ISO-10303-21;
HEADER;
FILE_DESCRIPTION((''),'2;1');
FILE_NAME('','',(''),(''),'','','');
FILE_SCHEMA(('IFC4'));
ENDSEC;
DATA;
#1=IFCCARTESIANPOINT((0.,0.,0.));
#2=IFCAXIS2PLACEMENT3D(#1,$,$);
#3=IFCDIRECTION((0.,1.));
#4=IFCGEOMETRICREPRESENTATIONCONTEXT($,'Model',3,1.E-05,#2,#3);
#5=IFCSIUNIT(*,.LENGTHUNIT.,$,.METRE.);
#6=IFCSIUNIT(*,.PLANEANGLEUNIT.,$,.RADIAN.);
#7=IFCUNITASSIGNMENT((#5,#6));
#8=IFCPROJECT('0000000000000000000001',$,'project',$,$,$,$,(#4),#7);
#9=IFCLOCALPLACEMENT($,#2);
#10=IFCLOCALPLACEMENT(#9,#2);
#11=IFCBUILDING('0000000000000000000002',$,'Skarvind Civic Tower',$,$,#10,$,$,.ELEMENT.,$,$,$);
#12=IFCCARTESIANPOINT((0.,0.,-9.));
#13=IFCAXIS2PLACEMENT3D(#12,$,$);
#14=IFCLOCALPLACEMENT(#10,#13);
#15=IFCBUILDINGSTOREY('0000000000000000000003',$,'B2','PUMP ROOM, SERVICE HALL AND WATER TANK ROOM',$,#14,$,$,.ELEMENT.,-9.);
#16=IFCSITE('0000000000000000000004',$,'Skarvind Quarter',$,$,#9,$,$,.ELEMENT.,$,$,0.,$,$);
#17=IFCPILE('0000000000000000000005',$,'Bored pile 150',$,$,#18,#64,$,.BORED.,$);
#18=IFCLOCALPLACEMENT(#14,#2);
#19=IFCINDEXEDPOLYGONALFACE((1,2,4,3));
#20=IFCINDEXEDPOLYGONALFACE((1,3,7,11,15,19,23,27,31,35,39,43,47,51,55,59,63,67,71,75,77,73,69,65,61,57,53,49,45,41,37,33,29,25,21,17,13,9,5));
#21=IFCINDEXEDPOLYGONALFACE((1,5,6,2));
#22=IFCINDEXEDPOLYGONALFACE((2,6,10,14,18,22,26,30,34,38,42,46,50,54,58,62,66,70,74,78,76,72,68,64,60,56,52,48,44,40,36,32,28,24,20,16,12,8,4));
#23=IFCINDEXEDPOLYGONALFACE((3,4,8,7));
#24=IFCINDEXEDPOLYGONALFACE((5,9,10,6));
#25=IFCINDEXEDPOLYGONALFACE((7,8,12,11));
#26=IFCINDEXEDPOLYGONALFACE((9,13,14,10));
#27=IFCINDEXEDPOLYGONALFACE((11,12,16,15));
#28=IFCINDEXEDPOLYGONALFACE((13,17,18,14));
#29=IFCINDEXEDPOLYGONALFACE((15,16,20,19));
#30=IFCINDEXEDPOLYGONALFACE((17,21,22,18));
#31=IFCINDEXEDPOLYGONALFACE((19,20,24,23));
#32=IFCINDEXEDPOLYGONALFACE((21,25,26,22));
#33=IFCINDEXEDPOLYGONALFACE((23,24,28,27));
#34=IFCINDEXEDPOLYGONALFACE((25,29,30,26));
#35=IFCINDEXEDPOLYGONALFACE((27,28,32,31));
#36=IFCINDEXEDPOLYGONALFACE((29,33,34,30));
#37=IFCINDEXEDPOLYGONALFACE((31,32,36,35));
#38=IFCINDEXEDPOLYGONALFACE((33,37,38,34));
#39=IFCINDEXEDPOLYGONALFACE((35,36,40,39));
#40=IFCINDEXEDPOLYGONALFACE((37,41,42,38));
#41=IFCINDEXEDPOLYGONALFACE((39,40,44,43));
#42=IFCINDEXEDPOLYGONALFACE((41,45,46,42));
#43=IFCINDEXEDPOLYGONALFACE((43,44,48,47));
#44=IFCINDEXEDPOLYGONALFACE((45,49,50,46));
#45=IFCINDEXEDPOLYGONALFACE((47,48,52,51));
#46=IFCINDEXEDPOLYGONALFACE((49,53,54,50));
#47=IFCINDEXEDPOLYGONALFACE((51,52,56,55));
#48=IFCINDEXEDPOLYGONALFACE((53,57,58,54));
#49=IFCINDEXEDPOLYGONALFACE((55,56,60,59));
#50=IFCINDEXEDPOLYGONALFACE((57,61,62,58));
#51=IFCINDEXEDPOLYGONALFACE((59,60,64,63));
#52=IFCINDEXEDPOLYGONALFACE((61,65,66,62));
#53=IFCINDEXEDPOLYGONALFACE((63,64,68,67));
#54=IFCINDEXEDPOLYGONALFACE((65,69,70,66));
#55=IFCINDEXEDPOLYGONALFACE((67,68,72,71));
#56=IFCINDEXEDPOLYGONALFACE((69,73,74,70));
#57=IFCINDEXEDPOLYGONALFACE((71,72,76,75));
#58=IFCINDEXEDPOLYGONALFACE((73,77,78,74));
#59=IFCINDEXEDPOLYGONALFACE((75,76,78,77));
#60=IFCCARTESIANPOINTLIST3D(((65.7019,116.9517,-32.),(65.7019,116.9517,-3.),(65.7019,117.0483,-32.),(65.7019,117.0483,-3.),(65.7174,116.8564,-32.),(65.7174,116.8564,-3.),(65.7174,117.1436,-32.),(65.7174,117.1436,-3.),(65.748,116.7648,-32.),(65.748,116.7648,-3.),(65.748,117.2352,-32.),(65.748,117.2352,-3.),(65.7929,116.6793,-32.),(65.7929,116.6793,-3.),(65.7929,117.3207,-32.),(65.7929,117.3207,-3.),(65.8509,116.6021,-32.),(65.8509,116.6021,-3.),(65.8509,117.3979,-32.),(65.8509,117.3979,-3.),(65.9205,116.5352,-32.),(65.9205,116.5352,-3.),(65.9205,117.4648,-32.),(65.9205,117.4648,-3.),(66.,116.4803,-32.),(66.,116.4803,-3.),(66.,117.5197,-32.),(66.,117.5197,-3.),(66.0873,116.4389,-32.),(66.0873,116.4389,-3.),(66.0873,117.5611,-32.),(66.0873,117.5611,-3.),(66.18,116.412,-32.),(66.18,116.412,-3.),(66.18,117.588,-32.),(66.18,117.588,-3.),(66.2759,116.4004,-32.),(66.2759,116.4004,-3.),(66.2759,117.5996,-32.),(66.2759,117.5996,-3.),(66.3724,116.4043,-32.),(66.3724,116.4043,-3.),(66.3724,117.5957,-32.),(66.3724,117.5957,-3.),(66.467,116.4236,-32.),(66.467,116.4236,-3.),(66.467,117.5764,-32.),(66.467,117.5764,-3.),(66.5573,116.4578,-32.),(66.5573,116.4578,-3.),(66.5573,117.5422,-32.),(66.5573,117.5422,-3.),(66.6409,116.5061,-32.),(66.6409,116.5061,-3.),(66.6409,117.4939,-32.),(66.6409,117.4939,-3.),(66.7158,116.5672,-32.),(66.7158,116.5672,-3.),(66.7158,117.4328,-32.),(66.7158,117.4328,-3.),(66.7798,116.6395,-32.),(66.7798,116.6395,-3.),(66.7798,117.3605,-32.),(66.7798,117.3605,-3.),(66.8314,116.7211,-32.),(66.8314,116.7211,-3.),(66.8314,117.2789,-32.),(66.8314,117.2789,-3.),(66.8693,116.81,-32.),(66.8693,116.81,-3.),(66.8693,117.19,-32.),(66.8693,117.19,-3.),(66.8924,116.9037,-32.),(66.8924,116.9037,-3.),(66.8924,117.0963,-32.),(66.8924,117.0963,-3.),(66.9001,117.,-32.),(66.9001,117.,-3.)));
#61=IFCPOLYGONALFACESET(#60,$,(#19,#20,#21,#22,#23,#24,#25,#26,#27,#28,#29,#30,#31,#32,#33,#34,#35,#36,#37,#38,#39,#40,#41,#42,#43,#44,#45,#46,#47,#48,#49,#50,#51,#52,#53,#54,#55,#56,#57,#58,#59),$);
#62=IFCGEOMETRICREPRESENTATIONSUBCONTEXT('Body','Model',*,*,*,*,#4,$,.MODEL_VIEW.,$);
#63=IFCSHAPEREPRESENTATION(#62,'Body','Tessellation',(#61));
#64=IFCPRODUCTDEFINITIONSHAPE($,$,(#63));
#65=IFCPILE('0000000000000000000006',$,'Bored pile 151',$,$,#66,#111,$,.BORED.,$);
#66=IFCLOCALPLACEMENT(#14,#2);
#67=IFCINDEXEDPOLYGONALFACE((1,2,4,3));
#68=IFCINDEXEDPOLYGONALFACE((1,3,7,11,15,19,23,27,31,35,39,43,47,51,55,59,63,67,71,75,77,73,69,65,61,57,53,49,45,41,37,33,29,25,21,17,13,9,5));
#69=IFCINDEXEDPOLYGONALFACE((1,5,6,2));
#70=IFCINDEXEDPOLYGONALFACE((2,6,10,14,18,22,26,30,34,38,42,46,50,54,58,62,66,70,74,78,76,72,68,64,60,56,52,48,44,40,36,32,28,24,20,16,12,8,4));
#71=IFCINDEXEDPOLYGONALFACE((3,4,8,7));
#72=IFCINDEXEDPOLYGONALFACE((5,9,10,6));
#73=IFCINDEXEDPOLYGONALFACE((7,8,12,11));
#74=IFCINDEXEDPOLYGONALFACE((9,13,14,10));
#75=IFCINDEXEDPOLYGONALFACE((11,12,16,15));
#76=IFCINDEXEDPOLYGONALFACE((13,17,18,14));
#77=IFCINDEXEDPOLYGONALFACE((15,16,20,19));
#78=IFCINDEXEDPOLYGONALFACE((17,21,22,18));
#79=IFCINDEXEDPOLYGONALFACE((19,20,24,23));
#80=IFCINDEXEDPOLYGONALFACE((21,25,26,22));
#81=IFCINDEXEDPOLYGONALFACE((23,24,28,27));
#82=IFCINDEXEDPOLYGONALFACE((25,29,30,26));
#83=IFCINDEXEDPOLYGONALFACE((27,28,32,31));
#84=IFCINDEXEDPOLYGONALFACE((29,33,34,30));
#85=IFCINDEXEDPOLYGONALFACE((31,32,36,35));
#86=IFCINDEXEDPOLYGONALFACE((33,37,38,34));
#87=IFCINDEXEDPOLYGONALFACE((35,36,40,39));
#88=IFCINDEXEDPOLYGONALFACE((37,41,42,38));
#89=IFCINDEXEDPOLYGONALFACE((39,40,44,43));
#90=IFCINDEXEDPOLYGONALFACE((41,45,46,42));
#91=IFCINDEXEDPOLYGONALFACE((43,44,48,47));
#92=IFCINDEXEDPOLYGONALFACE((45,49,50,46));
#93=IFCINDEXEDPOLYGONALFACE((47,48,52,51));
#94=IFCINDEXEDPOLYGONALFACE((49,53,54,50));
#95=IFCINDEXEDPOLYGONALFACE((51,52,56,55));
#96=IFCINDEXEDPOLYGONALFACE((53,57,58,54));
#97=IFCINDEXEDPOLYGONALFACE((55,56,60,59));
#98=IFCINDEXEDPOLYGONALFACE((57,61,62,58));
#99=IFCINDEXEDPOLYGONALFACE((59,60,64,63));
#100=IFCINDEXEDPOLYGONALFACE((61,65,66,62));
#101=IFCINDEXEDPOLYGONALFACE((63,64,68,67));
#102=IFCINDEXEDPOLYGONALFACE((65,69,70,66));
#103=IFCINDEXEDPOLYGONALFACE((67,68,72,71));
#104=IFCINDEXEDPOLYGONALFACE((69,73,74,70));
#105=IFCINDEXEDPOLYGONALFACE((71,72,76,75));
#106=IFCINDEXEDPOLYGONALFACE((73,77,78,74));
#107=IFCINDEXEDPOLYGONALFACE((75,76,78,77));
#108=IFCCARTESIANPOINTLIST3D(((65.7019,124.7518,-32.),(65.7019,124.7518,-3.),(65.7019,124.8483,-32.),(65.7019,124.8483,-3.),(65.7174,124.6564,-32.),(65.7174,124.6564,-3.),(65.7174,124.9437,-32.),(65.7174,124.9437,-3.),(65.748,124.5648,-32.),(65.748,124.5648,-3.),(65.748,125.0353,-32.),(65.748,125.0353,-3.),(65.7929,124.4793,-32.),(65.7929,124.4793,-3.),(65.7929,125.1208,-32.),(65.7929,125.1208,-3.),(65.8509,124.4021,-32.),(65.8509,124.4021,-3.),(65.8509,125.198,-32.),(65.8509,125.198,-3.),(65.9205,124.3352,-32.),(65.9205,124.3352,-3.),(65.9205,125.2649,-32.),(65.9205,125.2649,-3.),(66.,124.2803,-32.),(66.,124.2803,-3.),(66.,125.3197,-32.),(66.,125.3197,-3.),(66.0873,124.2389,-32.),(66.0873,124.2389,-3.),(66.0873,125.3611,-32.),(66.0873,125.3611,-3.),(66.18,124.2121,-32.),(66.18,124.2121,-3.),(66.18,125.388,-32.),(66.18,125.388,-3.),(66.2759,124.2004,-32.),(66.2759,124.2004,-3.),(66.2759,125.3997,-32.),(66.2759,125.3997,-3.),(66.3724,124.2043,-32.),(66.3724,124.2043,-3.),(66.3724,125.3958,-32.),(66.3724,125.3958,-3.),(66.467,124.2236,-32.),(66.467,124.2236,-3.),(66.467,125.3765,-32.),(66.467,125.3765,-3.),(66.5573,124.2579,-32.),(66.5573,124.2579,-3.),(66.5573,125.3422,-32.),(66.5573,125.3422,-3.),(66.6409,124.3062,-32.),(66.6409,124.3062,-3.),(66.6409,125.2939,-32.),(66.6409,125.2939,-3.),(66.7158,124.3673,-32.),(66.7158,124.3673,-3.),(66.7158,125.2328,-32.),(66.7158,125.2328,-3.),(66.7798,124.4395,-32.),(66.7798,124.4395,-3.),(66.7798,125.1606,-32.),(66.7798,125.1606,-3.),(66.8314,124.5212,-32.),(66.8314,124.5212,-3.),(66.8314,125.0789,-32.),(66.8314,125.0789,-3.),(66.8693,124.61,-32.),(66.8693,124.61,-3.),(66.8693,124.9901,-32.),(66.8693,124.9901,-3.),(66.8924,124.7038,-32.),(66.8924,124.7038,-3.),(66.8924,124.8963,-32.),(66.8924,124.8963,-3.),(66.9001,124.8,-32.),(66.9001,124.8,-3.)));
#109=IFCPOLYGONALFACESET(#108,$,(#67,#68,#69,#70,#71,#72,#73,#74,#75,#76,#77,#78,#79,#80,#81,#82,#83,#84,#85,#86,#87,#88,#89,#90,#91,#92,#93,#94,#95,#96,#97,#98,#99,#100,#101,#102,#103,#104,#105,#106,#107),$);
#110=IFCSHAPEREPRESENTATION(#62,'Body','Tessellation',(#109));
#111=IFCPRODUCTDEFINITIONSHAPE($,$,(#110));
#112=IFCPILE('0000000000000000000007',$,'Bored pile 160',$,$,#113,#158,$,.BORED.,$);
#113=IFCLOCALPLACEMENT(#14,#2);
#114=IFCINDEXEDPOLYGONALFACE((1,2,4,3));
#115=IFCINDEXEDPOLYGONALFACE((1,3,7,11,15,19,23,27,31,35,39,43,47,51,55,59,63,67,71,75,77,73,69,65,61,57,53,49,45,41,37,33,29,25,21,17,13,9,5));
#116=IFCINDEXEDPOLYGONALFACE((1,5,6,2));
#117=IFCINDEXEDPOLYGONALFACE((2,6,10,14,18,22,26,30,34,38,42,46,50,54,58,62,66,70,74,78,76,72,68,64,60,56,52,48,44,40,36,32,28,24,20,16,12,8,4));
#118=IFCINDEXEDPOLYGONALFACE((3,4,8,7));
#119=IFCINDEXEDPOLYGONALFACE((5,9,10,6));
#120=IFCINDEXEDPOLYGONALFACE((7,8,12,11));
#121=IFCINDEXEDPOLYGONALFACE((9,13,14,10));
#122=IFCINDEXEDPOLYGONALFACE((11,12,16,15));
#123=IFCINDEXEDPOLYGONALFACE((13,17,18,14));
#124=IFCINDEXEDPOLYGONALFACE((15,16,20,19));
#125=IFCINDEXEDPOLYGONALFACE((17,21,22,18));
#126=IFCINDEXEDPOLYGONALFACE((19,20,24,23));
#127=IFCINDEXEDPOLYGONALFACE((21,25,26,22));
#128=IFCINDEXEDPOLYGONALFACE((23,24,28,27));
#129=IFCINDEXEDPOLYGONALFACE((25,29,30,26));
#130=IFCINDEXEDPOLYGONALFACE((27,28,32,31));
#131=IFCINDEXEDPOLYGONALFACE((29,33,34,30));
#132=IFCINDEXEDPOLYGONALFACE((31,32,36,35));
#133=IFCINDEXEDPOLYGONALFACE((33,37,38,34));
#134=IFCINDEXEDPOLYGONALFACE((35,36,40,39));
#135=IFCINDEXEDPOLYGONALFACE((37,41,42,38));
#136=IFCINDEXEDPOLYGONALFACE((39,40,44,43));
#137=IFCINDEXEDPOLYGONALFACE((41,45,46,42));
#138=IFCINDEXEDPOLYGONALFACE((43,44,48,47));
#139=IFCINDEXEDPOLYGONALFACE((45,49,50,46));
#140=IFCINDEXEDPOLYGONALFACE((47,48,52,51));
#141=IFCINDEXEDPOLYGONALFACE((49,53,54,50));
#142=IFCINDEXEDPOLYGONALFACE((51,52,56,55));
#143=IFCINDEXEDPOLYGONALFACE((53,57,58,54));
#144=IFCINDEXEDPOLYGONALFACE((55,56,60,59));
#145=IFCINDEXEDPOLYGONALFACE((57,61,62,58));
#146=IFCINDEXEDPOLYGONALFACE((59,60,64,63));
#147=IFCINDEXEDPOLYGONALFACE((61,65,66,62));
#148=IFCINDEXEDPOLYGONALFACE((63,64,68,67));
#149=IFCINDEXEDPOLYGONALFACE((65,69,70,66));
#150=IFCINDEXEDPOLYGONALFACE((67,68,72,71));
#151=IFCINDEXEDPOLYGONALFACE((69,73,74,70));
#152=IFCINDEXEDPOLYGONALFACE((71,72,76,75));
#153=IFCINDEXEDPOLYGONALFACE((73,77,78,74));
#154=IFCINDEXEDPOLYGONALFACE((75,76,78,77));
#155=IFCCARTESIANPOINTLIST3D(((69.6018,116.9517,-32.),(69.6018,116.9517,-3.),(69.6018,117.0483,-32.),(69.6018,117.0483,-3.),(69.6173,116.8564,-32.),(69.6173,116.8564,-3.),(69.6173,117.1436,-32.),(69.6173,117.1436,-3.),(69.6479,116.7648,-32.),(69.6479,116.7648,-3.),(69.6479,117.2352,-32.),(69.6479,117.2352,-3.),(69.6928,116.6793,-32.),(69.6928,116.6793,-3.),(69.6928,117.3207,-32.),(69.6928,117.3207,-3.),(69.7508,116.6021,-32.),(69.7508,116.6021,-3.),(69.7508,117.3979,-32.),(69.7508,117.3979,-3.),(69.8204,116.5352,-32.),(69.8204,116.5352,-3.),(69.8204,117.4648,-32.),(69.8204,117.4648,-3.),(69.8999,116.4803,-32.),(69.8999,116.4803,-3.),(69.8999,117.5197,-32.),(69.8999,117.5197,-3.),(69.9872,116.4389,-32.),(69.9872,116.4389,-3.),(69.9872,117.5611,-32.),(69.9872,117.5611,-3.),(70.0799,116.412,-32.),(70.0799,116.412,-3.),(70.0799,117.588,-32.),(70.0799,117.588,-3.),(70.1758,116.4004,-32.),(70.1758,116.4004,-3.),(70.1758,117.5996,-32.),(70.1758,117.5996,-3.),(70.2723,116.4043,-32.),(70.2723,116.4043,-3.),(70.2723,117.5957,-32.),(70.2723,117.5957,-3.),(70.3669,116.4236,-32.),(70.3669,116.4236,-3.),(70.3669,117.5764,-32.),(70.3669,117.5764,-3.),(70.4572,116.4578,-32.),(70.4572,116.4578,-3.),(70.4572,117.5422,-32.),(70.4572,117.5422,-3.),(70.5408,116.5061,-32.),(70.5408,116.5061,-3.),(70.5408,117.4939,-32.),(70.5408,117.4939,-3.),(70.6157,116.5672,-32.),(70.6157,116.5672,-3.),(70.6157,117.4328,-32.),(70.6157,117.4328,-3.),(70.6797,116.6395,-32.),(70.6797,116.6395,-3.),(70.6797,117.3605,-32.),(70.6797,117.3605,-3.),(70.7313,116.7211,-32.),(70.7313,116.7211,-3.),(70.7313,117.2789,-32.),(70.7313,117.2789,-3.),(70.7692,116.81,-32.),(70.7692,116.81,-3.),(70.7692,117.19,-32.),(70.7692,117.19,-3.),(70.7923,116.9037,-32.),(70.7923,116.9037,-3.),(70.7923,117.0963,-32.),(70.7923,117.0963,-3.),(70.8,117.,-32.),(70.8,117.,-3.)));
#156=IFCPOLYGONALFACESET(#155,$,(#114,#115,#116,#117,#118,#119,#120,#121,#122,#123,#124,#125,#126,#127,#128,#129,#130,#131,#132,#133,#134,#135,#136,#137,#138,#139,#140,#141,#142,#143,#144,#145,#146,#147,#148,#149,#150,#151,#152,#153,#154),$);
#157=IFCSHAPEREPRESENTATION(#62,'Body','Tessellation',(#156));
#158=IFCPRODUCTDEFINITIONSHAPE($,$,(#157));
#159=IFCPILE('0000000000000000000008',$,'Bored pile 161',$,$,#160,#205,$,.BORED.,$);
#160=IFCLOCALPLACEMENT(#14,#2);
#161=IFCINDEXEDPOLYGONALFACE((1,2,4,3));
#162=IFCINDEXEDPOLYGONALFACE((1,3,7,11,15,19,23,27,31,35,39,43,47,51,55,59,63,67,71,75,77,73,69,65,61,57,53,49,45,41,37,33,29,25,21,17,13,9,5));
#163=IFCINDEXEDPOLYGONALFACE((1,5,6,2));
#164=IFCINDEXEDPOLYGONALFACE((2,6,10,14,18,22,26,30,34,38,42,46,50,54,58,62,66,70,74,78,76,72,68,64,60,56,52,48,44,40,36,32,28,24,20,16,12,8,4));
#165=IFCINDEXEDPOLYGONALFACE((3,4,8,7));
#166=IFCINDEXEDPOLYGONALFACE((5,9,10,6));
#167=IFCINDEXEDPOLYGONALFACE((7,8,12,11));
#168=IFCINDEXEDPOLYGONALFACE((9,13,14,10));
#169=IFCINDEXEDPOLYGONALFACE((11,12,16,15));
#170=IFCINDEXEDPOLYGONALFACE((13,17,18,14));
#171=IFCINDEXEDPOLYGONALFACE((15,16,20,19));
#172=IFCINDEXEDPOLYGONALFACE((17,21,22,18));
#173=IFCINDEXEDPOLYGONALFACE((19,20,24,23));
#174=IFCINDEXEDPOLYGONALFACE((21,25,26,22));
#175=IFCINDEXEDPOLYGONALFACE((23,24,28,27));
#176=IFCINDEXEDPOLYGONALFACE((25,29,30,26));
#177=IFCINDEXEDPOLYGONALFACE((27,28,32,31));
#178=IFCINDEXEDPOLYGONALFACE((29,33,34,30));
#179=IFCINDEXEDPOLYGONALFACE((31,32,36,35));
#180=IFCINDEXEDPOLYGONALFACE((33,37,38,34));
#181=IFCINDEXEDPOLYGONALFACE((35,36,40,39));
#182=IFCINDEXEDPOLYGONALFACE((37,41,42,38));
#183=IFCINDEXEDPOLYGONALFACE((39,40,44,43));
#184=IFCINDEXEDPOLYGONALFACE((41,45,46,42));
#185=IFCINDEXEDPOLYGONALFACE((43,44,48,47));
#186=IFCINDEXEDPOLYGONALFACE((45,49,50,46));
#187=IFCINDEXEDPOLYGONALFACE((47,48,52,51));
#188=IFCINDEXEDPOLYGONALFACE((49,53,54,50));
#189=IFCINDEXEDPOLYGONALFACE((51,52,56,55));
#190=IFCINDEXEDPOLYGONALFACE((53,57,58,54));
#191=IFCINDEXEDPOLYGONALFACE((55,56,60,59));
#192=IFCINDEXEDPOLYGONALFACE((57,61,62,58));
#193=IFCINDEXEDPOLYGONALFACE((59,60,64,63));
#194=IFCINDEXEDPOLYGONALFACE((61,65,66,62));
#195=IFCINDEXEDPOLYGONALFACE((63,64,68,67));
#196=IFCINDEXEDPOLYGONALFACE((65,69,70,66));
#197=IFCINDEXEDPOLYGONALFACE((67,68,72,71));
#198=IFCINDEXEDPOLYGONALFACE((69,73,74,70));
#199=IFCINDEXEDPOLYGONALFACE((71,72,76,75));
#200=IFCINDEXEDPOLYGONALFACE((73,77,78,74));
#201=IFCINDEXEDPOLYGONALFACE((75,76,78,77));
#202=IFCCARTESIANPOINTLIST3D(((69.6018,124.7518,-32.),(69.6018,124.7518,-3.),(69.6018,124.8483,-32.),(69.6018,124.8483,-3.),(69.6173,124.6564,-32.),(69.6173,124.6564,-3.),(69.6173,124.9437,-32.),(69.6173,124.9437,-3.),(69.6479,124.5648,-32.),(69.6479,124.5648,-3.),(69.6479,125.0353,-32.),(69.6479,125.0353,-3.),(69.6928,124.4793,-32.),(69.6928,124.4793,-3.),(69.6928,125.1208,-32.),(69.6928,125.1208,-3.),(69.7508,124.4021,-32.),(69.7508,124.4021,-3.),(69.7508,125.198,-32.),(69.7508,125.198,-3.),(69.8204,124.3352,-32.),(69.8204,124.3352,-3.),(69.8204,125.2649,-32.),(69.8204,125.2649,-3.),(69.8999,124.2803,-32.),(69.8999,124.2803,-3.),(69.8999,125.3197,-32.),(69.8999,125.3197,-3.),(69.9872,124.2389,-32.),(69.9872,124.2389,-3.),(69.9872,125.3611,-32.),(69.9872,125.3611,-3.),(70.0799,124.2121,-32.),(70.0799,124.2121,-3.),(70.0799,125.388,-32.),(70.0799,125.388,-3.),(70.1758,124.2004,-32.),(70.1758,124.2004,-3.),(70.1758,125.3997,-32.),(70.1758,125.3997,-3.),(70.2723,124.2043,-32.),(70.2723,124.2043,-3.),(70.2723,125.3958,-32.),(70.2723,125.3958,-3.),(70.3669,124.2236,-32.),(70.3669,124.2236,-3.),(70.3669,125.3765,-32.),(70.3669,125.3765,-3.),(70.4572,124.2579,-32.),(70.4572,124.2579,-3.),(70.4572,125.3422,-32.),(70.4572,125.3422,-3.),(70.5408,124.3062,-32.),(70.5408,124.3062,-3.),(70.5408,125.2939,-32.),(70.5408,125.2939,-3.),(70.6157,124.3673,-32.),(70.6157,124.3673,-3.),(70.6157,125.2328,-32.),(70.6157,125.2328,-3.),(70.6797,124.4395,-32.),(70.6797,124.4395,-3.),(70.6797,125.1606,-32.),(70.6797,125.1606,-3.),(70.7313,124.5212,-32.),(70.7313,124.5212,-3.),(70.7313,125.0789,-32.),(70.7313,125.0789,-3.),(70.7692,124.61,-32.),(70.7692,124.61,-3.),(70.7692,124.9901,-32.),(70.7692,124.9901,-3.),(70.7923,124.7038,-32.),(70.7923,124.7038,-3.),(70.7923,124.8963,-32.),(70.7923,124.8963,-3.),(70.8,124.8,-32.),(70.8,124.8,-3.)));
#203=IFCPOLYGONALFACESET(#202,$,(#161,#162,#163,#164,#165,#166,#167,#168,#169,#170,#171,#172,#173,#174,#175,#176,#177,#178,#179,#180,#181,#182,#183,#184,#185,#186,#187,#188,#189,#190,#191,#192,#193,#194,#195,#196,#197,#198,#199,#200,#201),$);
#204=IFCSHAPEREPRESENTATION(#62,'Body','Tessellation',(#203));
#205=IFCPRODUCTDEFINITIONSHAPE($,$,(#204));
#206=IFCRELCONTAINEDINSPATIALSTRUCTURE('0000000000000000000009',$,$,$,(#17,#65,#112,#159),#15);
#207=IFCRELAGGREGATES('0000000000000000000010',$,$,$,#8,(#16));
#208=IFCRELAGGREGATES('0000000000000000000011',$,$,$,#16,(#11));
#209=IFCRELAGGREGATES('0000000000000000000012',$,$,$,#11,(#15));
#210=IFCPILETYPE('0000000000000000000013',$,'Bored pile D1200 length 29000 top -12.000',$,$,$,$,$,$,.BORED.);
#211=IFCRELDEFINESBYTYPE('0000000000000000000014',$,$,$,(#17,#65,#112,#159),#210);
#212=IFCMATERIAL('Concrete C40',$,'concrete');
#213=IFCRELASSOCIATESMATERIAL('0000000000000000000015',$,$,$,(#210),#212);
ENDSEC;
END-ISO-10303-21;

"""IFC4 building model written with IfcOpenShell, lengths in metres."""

from ifc_helpers import new_model, si_unit, direction, frame, origin, origin_2d, place, context, subcontext, project, spatial, circle, extrude, material, type_object, element, save


model = new_model("IFC4")

# Units and contexts
model_context = context("Model", 3, precision=1e-05, world=origin(), true_north=direction((0.0, 1.0)))
body_context = subcontext(model_context, "Body", "Model", "MODEL_VIEW")
ifc_project = project(units=[si_unit("LENGTHUNIT", "METRE"), si_unit("PLANEANGLEUNIT", "RADIAN")], contexts=[model_context])

# Site, building, storey
site_placement = place(None, origin())
site = spatial("IfcSite", under=ifc_project, at=site_placement, Name="Skarvind Quarter", CompositionType="ELEMENT", RefElevation=0.0)
building_placement = place(site_placement, origin())
building = spatial("IfcBuilding", under=site, at=building_placement, Name="Skarvind Civic Tower", CompositionType="ELEMENT")
storey_placement = place(building_placement, frame((0.0, 0.0, -9.0)))
storey = spatial("IfcBuildingStorey", under=building, at=storey_placement, Name="B2", Description="PUMP ROOM, SERVICE HALL AND WATER TANK ROOM", CompositionType="ELEMENT", Elevation=-9.0)

# Piles
ifc_material_1 = material(Name="Concrete C40", Category="concrete")
pile_type_1 = type_object("IfcPileType", Name="Bored pile D1200 length 29000 top -12.000", PredefinedType="BORED", material=ifc_material_1)
for number, where, z_axis, x_axis, name in (
    (1, (66.3, 117.0, -3.0), (0.0, 0.0, -1.0), (1.0, 0.0, 0.0), "Bored pile 150"),
    (2, (66.3, 124.8, -3.0), (0.0, 0.0, -1.0), (1.0, 0.0, 0.0), "Bored pile 151"),
    (3, (70.2, 117.0, -3.0), (0.0, 0.0, -1.0), (1.0, 0.0, 0.0), "Bored pile 160"),
    (4, (70.2, 124.8, -3.0), (0.0, 0.0, -1.0), (1.0, 0.0, 0.0), "Bored pile 161"),
):
    element("IfcPile", number, at=place(storey_placement, frame(where, z_axis=z_axis, x_axis=x_axis)), inside=storey, type_object=pile_type_1, Name=name, PredefinedType="BORED", context=body_context, shape_type="SweptSolid", body=[
        extrude(circle(Radius=0.6001, at=origin_2d()), origin(), (0.0, 0.0, 1.0), 29.0),
    ])

save(model, "model.ifc")
